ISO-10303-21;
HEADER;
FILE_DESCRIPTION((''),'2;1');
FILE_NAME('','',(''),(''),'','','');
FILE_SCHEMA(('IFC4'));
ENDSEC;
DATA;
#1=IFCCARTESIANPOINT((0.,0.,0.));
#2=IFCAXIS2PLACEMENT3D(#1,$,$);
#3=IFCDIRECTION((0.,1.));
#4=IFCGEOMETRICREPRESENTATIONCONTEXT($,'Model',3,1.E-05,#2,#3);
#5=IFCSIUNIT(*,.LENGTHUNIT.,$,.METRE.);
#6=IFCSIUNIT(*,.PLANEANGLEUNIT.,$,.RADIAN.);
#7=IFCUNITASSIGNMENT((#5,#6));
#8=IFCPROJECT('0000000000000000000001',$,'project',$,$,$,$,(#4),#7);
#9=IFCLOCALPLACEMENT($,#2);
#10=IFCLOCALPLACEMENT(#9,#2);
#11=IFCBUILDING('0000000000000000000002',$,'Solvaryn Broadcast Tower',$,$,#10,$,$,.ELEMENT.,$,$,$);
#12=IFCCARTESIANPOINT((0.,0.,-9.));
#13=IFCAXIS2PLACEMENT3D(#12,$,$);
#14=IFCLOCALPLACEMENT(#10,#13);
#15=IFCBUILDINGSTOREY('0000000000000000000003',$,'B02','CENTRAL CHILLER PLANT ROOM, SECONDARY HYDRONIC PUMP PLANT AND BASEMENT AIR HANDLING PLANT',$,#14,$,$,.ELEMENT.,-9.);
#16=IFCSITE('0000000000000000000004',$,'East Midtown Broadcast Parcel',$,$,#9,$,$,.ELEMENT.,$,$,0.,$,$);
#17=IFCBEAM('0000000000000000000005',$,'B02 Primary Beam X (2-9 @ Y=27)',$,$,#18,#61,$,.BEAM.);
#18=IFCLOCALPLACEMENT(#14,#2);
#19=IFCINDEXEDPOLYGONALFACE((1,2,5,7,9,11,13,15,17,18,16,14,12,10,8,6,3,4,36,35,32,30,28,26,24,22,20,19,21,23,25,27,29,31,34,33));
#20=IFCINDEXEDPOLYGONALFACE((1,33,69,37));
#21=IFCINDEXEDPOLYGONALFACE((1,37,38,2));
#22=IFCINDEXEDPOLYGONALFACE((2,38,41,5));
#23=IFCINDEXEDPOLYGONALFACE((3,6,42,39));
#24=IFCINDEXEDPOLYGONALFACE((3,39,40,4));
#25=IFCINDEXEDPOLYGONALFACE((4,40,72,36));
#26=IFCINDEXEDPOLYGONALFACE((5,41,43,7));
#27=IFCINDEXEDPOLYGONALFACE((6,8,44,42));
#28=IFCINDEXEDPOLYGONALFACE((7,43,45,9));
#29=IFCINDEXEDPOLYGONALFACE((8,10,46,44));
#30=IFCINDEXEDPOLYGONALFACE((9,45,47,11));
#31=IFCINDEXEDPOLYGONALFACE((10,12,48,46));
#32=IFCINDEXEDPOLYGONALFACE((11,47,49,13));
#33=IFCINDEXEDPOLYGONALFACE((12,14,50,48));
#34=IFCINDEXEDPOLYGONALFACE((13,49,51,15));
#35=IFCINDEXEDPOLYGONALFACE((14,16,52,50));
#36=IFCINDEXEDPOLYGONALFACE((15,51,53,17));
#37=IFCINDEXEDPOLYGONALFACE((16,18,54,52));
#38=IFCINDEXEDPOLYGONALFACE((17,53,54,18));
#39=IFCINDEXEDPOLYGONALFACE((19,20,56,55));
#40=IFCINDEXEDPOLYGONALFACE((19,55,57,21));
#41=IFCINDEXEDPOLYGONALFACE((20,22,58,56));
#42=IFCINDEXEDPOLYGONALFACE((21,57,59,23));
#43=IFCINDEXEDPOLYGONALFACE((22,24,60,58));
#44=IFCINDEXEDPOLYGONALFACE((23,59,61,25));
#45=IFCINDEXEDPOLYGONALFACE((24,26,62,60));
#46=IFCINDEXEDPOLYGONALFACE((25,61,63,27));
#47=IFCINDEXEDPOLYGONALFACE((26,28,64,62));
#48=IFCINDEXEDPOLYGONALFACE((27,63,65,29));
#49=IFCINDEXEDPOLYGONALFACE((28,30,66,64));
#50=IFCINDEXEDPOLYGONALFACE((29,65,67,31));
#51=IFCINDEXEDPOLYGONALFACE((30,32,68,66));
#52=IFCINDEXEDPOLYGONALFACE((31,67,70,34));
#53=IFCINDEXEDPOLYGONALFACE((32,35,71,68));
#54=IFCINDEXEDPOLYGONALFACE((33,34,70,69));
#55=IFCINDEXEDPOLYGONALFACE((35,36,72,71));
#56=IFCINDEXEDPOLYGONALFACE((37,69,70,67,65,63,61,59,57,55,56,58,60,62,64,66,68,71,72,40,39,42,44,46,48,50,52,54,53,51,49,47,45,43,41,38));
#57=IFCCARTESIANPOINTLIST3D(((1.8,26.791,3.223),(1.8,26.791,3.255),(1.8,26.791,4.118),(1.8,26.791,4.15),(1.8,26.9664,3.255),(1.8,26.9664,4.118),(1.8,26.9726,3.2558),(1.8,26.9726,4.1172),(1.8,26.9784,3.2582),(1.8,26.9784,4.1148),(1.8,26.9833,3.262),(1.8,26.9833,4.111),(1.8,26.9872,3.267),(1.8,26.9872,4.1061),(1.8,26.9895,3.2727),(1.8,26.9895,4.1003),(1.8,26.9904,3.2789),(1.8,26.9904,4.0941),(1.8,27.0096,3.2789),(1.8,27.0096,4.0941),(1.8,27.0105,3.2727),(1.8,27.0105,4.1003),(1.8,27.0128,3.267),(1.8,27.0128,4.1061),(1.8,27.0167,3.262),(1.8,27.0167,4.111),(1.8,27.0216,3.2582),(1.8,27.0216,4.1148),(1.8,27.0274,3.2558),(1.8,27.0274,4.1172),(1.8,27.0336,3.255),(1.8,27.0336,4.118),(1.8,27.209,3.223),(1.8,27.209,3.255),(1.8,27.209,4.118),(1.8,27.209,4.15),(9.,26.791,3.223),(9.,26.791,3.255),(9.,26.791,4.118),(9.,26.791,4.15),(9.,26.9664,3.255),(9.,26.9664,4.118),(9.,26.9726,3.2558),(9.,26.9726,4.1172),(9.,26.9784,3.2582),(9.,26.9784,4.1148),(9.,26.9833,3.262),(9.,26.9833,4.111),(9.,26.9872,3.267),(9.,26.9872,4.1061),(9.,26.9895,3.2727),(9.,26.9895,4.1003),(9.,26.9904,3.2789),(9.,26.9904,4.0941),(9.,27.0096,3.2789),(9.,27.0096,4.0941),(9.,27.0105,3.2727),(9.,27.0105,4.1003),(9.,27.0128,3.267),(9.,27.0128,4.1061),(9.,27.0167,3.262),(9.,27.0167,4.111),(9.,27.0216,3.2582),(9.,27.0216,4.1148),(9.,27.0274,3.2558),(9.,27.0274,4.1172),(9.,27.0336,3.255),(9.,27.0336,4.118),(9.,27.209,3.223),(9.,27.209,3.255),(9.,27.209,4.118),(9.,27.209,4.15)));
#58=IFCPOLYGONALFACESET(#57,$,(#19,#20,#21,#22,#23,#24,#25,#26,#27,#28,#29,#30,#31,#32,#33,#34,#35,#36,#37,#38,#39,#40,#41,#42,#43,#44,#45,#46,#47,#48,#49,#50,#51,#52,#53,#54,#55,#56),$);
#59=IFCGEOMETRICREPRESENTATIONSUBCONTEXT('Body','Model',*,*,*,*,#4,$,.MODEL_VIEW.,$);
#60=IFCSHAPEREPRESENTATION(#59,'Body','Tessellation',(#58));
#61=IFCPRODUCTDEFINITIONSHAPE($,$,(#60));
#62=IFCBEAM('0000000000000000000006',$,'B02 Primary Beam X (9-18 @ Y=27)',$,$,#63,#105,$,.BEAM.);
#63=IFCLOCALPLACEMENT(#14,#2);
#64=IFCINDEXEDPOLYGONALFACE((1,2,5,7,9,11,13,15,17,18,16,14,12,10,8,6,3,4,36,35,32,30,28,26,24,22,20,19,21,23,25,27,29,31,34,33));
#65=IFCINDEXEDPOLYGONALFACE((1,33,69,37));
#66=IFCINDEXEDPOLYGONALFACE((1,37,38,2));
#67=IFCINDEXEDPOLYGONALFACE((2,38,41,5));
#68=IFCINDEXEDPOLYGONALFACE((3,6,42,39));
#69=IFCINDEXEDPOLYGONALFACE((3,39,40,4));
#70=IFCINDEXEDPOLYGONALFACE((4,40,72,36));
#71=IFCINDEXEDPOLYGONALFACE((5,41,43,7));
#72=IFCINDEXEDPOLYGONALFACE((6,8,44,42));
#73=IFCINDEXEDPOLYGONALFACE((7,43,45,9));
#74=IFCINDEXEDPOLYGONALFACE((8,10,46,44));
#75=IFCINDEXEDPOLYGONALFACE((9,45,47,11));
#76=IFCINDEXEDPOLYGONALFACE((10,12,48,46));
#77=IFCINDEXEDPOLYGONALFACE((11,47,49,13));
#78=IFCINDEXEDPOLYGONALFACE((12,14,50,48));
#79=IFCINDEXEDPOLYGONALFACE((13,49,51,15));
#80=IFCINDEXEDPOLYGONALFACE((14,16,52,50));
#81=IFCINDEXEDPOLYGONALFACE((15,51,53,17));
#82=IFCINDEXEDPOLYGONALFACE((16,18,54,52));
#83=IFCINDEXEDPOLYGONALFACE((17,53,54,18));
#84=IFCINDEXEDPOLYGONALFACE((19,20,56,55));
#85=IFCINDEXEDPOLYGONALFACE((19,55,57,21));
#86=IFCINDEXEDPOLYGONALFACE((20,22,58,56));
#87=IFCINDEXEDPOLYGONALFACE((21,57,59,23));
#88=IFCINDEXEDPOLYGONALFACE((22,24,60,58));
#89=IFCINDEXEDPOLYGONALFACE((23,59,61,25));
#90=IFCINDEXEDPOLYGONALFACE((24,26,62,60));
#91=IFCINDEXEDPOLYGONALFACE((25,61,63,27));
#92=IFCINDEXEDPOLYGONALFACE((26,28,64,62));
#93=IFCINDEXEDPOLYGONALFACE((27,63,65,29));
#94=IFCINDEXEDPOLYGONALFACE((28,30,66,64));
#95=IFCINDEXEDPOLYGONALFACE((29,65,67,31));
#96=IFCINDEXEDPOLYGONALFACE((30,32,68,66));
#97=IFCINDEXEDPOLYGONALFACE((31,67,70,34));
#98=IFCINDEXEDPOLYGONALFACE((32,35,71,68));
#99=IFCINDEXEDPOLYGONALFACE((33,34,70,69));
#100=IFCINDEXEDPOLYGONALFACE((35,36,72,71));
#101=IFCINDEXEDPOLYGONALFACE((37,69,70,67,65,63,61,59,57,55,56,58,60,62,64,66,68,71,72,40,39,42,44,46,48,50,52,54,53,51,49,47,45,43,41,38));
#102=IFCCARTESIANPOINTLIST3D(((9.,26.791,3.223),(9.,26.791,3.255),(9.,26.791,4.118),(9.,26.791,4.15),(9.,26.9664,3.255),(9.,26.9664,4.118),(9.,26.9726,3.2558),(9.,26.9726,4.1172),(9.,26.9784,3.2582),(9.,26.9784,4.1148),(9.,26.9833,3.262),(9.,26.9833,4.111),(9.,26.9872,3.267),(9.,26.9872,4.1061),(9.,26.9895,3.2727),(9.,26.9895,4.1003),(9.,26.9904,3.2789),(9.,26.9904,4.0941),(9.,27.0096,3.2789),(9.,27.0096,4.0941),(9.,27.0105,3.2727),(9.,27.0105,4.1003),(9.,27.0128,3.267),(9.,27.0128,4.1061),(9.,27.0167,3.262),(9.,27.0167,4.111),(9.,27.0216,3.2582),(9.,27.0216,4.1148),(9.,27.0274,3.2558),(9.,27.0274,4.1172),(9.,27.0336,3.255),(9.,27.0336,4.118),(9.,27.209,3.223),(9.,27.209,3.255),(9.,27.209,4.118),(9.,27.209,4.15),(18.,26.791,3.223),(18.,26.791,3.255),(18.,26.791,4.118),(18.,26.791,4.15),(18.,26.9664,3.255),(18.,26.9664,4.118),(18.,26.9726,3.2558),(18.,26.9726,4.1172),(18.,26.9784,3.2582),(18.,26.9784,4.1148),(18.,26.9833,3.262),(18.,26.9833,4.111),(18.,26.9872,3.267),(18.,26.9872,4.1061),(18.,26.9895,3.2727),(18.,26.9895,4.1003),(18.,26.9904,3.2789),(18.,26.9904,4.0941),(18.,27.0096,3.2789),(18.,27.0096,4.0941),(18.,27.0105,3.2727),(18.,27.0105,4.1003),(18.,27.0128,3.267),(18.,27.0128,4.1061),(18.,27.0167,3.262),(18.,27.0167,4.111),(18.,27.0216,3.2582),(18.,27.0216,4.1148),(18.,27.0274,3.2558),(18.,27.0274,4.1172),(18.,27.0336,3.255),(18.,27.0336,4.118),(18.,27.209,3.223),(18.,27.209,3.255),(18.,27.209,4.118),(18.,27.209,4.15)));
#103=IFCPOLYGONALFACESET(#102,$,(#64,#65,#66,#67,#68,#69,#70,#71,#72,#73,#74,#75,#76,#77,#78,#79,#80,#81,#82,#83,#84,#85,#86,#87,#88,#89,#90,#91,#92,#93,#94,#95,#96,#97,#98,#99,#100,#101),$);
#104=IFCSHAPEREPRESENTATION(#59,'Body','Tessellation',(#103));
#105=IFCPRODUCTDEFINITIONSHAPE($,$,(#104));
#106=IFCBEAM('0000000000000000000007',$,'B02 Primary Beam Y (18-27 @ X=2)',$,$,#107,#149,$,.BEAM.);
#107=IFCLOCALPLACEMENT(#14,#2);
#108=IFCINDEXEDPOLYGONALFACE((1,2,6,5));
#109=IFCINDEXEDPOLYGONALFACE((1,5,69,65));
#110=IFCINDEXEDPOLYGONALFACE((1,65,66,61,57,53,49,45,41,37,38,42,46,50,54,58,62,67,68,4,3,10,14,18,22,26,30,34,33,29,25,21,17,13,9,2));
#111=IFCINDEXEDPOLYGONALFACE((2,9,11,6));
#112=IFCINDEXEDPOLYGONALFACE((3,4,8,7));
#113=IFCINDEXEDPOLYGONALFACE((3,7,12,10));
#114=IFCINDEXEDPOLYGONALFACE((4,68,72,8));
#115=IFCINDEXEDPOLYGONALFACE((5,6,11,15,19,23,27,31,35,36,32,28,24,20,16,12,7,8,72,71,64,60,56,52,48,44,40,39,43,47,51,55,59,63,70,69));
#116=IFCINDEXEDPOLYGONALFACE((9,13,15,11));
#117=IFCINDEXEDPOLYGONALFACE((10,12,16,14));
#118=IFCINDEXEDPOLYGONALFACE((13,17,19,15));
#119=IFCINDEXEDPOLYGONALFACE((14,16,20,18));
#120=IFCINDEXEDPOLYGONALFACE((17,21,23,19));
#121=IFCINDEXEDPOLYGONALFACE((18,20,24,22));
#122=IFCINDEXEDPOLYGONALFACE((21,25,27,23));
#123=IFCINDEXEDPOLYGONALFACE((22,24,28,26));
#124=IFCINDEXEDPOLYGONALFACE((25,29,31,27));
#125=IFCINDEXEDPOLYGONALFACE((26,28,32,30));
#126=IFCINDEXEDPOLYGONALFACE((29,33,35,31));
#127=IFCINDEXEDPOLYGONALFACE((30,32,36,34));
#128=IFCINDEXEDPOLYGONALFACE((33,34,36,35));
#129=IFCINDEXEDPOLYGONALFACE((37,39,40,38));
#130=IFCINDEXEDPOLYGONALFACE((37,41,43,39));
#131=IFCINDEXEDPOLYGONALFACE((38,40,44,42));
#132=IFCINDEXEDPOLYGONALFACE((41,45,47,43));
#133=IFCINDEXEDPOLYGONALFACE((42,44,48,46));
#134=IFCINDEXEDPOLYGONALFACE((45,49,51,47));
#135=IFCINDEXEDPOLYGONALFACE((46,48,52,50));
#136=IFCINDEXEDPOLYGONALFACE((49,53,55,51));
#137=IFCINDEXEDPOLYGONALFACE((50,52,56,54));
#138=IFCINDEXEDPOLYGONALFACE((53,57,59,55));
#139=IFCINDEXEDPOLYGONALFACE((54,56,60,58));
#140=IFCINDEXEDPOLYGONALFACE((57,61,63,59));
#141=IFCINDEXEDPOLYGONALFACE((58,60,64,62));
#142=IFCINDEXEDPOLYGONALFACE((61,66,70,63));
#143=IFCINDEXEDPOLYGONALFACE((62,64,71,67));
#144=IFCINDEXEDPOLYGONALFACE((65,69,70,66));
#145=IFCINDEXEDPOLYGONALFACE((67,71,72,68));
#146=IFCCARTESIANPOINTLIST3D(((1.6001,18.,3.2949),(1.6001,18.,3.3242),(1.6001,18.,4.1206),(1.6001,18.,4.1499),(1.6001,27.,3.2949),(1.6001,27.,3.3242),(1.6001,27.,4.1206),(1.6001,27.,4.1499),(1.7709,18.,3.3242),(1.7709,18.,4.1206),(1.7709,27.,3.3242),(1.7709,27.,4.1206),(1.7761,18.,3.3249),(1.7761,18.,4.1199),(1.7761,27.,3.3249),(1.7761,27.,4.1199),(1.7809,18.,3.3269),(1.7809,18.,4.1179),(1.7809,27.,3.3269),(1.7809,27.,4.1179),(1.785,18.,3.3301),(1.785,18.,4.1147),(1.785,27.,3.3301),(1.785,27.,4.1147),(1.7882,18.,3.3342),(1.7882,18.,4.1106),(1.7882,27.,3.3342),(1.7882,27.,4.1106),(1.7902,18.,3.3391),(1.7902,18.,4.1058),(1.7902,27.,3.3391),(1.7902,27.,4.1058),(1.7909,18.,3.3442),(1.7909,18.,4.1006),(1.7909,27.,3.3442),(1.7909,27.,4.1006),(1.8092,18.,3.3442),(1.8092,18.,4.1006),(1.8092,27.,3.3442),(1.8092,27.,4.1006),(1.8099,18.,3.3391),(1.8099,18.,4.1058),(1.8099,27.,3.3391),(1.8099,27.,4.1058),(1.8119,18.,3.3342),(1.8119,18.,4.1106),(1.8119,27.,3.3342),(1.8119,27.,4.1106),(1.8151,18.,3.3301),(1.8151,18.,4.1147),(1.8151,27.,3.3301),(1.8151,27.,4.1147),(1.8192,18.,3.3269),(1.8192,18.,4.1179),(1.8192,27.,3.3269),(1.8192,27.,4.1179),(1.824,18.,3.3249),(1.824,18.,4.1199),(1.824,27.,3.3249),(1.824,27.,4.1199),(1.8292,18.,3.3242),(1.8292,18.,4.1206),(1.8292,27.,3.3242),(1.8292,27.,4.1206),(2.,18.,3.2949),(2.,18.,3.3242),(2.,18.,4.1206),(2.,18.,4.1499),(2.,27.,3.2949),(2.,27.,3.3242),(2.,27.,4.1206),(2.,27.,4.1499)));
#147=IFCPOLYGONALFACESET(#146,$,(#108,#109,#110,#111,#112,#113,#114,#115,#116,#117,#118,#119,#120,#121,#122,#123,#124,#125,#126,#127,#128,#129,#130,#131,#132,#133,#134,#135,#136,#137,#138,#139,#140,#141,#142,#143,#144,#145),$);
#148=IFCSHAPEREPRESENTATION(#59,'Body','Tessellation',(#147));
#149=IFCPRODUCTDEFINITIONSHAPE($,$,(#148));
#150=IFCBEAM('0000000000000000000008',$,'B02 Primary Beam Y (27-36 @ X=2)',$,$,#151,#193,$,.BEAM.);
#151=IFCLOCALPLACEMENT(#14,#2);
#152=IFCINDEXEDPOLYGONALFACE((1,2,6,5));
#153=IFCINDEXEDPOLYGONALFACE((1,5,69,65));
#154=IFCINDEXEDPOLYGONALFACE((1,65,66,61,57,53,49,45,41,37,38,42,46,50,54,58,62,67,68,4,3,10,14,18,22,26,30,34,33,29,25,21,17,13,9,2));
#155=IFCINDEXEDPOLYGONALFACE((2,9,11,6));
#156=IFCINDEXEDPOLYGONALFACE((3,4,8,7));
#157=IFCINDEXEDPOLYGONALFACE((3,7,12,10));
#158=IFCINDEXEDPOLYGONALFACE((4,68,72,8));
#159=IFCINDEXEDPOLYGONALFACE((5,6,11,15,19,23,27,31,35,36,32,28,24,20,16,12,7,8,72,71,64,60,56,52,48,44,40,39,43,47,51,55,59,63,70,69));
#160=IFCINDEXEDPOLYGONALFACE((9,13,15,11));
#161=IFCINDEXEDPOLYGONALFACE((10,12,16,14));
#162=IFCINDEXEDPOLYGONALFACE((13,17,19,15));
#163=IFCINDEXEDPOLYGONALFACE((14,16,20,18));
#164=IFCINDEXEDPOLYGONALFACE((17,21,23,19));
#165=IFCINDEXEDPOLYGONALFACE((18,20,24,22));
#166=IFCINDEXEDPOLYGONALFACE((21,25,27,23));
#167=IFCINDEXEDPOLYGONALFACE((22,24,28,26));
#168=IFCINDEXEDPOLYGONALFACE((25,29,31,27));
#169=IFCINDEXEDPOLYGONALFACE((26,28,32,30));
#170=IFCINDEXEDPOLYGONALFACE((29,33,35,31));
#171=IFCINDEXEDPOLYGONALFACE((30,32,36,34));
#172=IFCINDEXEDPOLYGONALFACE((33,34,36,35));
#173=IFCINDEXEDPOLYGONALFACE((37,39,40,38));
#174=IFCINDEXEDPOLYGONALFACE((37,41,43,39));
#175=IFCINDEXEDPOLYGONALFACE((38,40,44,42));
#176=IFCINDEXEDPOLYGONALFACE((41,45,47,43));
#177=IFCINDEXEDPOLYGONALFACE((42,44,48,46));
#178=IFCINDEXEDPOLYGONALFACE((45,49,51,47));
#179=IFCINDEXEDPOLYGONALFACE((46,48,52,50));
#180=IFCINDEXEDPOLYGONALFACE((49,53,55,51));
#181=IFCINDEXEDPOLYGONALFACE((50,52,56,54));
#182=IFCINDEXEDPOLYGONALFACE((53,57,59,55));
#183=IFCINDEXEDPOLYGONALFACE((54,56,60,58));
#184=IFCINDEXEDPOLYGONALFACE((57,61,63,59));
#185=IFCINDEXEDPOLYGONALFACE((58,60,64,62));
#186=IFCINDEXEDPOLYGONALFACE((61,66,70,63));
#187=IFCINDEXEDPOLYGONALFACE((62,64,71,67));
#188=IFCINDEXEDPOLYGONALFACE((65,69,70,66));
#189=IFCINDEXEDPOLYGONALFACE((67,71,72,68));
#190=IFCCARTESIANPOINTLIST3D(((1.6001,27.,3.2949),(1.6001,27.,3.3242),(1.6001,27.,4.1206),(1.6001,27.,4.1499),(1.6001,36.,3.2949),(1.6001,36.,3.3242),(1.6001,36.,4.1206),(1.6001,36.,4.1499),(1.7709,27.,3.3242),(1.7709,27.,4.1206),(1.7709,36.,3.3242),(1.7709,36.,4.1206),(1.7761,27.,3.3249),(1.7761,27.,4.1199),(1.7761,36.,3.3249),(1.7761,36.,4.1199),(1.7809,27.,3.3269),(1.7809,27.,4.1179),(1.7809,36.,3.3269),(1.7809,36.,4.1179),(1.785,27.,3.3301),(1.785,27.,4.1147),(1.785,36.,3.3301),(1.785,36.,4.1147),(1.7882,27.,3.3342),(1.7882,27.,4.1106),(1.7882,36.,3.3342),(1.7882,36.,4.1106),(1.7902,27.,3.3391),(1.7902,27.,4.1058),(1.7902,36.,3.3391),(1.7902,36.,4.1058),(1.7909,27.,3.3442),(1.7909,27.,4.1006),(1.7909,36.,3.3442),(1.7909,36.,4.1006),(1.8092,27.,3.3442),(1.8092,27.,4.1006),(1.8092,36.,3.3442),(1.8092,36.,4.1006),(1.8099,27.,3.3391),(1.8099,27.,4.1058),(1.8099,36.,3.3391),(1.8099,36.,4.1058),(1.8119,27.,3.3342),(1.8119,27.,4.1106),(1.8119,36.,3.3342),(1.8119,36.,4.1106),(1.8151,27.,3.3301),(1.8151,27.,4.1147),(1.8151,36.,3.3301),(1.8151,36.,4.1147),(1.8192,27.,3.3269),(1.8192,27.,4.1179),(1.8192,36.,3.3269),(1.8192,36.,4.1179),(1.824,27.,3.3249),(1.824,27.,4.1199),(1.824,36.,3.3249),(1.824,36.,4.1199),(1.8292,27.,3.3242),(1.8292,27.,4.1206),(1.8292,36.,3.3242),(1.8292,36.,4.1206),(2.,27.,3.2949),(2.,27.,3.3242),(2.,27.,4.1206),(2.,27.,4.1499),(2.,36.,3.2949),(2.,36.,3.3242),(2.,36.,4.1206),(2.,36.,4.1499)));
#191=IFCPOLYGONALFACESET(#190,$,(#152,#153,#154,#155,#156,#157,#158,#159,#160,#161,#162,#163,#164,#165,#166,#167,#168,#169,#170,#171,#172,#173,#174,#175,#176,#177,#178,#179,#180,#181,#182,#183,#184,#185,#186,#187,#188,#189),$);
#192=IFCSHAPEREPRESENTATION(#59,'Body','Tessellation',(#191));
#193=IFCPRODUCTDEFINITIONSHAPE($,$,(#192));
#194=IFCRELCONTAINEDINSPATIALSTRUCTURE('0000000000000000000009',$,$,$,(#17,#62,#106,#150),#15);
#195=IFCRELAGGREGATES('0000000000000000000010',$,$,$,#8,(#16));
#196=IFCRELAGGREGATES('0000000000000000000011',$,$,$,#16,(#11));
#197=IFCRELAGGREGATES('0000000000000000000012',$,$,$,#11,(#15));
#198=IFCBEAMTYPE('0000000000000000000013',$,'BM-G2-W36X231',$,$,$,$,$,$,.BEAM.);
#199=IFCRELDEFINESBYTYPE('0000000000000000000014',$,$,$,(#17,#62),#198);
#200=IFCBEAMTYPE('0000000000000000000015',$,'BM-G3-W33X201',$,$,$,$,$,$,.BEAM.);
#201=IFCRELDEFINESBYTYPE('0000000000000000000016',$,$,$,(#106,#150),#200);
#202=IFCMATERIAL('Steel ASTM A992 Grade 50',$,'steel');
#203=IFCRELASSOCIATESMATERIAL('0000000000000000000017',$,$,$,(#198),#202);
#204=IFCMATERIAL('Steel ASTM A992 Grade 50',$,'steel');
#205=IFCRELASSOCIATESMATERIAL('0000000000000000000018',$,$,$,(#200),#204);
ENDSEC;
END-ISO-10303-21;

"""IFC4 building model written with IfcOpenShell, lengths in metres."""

from ifc_helpers import new_model, si_unit, direction, frame, origin, origin_2d, place, context, subcontext, project, spatial, i_section, extrude, material, material_profile, profile_set, type_object, element, save


model = new_model("IFC4")

# Units and contexts
model_context = context("Model", 3, precision=1e-05, world=origin(), true_north=direction((0.0, 1.0)))
body_context = subcontext(model_context, "Body", "Model", "MODEL_VIEW")
ifc_project = project(units=[si_unit("LENGTHUNIT", "METRE"), si_unit("PLANEANGLEUNIT", "RADIAN")], contexts=[model_context])

# Site, building, storey
site_placement = place(None, origin())
site = spatial("IfcSite", under=ifc_project, at=site_placement, Name="East Midtown Broadcast Parcel", CompositionType="ELEMENT", RefElevation=0.0)
building_placement = place(site_placement, origin())
building = spatial("IfcBuilding", under=site, at=building_placement, Name="Solvaryn Broadcast Tower", CompositionType="ELEMENT")
storey_placement = place(building_placement, frame((0.0, 0.0, -9.0)))
storey = spatial("IfcBuildingStorey", under=building, at=storey_placement, Name="B02", Description="CENTRAL CHILLER PLANT ROOM, SECONDARY HYDRONIC PUMP PLANT AND BASEMENT AIR HANDLING PLANT", CompositionType="ELEMENT", Elevation=-9.0)

# Beams
ifc_material_1 = material(Name="Steel ASTM A992 Grade 50", Category="steel")
ifc_material_profile_1 = material_profile(ifc_material_1, i_section(OverallWidth=0.418, OverallDepth=0.927, WebThickness=0.0193, FlangeThickness=0.032, FilletRadius=0.0239, at=origin_2d()))
ifc_profile_set_1 = profile_set([ifc_material_profile_1], Name="Steel ASTM A992 Grade 50")
beam_type_1 = type_object("IfcBeamType", Name="BM-G2-W36X231", PredefinedType="BEAM", material=ifc_profile_set_1)
beam_1_placement = place(storey_placement, frame((1.8, 27.0, 3.6865), z_axis=(1.0, 0.0, 0.0), x_axis=(0.0, 1.0, 0.0)))
element("IfcBeam", 1, at=beam_1_placement, inside=storey, type_object=beam_type_1, Name="B02 Primary Beam X (2-9 @ Y=27)", PredefinedType="BEAM", context=body_context, shape_type="SweptSolid", body=[
    extrude(i_section(OverallWidth=0.418, OverallDepth=0.927, WebThickness=0.0193, FlangeThickness=0.032, FilletRadius=0.0239, at=origin_2d()), origin(), (0.0, 0.0, 1.0), 7.2),
])
beam_2_placement = place(storey_placement, frame((9.0, 27.0, 3.6865), z_axis=(1.0, 0.0, 0.0), x_axis=(0.0, 1.0, 0.0)))
element("IfcBeam", 2, at=beam_2_placement, inside=storey, type_object=beam_type_1, Name="B02 Primary Beam X (9-18 @ Y=27)", PredefinedType="BEAM", context=body_context, shape_type="SweptSolid", body=[
    extrude(i_section(OverallWidth=0.418, OverallDepth=0.927, WebThickness=0.0193, FlangeThickness=0.032, FilletRadius=0.0239, at=origin_2d()), origin(), (0.0, 0.0, 1.0), 9.0),
])
ifc_material_2 = material(Name="Steel ASTM A992 Grade 50", Category="steel")
ifc_material_profile_2 = material_profile(ifc_material_2, i_section(OverallWidth=0.3999, OverallDepth=0.855, WebThickness=0.0183, FlangeThickness=0.0293, FilletRadius=0.02, at=origin_2d()))
ifc_profile_set_2 = profile_set([ifc_material_profile_2], Name="Steel ASTM A992 Grade 50")
beam_type_2 = type_object("IfcBeamType", Name="BM-G3-W33X201", PredefinedType="BEAM", material=ifc_profile_set_2)
for number, where, z_axis, x_axis, name in (
    (3, (1.8, 18.0, 3.7224), (0.0, 1.0, 0.0), (-1.0, 0.0, 0.0), "B02 Primary Beam Y (18-27 @ X=2)"),
    (4, (1.8, 27.0, 3.7224), (0.0, 1.0, 0.0), (-1.0, 0.0, 0.0), "B02 Primary Beam Y (27-36 @ X=2)"),
):
    element("IfcBeam", number, at=place(storey_placement, frame(where, z_axis=z_axis, x_axis=x_axis)), inside=storey, type_object=beam_type_2, Name=name, PredefinedType="BEAM", context=body_context, shape_type="SweptSolid", body=[
        extrude(i_section(OverallWidth=0.3999, OverallDepth=0.855, WebThickness=0.0183, FlangeThickness=0.0293, FilletRadius=0.02, at=origin_2d()), origin(), (0.0, 0.0, 1.0), 9.0),
    ])

save(model, "model.ifc")
